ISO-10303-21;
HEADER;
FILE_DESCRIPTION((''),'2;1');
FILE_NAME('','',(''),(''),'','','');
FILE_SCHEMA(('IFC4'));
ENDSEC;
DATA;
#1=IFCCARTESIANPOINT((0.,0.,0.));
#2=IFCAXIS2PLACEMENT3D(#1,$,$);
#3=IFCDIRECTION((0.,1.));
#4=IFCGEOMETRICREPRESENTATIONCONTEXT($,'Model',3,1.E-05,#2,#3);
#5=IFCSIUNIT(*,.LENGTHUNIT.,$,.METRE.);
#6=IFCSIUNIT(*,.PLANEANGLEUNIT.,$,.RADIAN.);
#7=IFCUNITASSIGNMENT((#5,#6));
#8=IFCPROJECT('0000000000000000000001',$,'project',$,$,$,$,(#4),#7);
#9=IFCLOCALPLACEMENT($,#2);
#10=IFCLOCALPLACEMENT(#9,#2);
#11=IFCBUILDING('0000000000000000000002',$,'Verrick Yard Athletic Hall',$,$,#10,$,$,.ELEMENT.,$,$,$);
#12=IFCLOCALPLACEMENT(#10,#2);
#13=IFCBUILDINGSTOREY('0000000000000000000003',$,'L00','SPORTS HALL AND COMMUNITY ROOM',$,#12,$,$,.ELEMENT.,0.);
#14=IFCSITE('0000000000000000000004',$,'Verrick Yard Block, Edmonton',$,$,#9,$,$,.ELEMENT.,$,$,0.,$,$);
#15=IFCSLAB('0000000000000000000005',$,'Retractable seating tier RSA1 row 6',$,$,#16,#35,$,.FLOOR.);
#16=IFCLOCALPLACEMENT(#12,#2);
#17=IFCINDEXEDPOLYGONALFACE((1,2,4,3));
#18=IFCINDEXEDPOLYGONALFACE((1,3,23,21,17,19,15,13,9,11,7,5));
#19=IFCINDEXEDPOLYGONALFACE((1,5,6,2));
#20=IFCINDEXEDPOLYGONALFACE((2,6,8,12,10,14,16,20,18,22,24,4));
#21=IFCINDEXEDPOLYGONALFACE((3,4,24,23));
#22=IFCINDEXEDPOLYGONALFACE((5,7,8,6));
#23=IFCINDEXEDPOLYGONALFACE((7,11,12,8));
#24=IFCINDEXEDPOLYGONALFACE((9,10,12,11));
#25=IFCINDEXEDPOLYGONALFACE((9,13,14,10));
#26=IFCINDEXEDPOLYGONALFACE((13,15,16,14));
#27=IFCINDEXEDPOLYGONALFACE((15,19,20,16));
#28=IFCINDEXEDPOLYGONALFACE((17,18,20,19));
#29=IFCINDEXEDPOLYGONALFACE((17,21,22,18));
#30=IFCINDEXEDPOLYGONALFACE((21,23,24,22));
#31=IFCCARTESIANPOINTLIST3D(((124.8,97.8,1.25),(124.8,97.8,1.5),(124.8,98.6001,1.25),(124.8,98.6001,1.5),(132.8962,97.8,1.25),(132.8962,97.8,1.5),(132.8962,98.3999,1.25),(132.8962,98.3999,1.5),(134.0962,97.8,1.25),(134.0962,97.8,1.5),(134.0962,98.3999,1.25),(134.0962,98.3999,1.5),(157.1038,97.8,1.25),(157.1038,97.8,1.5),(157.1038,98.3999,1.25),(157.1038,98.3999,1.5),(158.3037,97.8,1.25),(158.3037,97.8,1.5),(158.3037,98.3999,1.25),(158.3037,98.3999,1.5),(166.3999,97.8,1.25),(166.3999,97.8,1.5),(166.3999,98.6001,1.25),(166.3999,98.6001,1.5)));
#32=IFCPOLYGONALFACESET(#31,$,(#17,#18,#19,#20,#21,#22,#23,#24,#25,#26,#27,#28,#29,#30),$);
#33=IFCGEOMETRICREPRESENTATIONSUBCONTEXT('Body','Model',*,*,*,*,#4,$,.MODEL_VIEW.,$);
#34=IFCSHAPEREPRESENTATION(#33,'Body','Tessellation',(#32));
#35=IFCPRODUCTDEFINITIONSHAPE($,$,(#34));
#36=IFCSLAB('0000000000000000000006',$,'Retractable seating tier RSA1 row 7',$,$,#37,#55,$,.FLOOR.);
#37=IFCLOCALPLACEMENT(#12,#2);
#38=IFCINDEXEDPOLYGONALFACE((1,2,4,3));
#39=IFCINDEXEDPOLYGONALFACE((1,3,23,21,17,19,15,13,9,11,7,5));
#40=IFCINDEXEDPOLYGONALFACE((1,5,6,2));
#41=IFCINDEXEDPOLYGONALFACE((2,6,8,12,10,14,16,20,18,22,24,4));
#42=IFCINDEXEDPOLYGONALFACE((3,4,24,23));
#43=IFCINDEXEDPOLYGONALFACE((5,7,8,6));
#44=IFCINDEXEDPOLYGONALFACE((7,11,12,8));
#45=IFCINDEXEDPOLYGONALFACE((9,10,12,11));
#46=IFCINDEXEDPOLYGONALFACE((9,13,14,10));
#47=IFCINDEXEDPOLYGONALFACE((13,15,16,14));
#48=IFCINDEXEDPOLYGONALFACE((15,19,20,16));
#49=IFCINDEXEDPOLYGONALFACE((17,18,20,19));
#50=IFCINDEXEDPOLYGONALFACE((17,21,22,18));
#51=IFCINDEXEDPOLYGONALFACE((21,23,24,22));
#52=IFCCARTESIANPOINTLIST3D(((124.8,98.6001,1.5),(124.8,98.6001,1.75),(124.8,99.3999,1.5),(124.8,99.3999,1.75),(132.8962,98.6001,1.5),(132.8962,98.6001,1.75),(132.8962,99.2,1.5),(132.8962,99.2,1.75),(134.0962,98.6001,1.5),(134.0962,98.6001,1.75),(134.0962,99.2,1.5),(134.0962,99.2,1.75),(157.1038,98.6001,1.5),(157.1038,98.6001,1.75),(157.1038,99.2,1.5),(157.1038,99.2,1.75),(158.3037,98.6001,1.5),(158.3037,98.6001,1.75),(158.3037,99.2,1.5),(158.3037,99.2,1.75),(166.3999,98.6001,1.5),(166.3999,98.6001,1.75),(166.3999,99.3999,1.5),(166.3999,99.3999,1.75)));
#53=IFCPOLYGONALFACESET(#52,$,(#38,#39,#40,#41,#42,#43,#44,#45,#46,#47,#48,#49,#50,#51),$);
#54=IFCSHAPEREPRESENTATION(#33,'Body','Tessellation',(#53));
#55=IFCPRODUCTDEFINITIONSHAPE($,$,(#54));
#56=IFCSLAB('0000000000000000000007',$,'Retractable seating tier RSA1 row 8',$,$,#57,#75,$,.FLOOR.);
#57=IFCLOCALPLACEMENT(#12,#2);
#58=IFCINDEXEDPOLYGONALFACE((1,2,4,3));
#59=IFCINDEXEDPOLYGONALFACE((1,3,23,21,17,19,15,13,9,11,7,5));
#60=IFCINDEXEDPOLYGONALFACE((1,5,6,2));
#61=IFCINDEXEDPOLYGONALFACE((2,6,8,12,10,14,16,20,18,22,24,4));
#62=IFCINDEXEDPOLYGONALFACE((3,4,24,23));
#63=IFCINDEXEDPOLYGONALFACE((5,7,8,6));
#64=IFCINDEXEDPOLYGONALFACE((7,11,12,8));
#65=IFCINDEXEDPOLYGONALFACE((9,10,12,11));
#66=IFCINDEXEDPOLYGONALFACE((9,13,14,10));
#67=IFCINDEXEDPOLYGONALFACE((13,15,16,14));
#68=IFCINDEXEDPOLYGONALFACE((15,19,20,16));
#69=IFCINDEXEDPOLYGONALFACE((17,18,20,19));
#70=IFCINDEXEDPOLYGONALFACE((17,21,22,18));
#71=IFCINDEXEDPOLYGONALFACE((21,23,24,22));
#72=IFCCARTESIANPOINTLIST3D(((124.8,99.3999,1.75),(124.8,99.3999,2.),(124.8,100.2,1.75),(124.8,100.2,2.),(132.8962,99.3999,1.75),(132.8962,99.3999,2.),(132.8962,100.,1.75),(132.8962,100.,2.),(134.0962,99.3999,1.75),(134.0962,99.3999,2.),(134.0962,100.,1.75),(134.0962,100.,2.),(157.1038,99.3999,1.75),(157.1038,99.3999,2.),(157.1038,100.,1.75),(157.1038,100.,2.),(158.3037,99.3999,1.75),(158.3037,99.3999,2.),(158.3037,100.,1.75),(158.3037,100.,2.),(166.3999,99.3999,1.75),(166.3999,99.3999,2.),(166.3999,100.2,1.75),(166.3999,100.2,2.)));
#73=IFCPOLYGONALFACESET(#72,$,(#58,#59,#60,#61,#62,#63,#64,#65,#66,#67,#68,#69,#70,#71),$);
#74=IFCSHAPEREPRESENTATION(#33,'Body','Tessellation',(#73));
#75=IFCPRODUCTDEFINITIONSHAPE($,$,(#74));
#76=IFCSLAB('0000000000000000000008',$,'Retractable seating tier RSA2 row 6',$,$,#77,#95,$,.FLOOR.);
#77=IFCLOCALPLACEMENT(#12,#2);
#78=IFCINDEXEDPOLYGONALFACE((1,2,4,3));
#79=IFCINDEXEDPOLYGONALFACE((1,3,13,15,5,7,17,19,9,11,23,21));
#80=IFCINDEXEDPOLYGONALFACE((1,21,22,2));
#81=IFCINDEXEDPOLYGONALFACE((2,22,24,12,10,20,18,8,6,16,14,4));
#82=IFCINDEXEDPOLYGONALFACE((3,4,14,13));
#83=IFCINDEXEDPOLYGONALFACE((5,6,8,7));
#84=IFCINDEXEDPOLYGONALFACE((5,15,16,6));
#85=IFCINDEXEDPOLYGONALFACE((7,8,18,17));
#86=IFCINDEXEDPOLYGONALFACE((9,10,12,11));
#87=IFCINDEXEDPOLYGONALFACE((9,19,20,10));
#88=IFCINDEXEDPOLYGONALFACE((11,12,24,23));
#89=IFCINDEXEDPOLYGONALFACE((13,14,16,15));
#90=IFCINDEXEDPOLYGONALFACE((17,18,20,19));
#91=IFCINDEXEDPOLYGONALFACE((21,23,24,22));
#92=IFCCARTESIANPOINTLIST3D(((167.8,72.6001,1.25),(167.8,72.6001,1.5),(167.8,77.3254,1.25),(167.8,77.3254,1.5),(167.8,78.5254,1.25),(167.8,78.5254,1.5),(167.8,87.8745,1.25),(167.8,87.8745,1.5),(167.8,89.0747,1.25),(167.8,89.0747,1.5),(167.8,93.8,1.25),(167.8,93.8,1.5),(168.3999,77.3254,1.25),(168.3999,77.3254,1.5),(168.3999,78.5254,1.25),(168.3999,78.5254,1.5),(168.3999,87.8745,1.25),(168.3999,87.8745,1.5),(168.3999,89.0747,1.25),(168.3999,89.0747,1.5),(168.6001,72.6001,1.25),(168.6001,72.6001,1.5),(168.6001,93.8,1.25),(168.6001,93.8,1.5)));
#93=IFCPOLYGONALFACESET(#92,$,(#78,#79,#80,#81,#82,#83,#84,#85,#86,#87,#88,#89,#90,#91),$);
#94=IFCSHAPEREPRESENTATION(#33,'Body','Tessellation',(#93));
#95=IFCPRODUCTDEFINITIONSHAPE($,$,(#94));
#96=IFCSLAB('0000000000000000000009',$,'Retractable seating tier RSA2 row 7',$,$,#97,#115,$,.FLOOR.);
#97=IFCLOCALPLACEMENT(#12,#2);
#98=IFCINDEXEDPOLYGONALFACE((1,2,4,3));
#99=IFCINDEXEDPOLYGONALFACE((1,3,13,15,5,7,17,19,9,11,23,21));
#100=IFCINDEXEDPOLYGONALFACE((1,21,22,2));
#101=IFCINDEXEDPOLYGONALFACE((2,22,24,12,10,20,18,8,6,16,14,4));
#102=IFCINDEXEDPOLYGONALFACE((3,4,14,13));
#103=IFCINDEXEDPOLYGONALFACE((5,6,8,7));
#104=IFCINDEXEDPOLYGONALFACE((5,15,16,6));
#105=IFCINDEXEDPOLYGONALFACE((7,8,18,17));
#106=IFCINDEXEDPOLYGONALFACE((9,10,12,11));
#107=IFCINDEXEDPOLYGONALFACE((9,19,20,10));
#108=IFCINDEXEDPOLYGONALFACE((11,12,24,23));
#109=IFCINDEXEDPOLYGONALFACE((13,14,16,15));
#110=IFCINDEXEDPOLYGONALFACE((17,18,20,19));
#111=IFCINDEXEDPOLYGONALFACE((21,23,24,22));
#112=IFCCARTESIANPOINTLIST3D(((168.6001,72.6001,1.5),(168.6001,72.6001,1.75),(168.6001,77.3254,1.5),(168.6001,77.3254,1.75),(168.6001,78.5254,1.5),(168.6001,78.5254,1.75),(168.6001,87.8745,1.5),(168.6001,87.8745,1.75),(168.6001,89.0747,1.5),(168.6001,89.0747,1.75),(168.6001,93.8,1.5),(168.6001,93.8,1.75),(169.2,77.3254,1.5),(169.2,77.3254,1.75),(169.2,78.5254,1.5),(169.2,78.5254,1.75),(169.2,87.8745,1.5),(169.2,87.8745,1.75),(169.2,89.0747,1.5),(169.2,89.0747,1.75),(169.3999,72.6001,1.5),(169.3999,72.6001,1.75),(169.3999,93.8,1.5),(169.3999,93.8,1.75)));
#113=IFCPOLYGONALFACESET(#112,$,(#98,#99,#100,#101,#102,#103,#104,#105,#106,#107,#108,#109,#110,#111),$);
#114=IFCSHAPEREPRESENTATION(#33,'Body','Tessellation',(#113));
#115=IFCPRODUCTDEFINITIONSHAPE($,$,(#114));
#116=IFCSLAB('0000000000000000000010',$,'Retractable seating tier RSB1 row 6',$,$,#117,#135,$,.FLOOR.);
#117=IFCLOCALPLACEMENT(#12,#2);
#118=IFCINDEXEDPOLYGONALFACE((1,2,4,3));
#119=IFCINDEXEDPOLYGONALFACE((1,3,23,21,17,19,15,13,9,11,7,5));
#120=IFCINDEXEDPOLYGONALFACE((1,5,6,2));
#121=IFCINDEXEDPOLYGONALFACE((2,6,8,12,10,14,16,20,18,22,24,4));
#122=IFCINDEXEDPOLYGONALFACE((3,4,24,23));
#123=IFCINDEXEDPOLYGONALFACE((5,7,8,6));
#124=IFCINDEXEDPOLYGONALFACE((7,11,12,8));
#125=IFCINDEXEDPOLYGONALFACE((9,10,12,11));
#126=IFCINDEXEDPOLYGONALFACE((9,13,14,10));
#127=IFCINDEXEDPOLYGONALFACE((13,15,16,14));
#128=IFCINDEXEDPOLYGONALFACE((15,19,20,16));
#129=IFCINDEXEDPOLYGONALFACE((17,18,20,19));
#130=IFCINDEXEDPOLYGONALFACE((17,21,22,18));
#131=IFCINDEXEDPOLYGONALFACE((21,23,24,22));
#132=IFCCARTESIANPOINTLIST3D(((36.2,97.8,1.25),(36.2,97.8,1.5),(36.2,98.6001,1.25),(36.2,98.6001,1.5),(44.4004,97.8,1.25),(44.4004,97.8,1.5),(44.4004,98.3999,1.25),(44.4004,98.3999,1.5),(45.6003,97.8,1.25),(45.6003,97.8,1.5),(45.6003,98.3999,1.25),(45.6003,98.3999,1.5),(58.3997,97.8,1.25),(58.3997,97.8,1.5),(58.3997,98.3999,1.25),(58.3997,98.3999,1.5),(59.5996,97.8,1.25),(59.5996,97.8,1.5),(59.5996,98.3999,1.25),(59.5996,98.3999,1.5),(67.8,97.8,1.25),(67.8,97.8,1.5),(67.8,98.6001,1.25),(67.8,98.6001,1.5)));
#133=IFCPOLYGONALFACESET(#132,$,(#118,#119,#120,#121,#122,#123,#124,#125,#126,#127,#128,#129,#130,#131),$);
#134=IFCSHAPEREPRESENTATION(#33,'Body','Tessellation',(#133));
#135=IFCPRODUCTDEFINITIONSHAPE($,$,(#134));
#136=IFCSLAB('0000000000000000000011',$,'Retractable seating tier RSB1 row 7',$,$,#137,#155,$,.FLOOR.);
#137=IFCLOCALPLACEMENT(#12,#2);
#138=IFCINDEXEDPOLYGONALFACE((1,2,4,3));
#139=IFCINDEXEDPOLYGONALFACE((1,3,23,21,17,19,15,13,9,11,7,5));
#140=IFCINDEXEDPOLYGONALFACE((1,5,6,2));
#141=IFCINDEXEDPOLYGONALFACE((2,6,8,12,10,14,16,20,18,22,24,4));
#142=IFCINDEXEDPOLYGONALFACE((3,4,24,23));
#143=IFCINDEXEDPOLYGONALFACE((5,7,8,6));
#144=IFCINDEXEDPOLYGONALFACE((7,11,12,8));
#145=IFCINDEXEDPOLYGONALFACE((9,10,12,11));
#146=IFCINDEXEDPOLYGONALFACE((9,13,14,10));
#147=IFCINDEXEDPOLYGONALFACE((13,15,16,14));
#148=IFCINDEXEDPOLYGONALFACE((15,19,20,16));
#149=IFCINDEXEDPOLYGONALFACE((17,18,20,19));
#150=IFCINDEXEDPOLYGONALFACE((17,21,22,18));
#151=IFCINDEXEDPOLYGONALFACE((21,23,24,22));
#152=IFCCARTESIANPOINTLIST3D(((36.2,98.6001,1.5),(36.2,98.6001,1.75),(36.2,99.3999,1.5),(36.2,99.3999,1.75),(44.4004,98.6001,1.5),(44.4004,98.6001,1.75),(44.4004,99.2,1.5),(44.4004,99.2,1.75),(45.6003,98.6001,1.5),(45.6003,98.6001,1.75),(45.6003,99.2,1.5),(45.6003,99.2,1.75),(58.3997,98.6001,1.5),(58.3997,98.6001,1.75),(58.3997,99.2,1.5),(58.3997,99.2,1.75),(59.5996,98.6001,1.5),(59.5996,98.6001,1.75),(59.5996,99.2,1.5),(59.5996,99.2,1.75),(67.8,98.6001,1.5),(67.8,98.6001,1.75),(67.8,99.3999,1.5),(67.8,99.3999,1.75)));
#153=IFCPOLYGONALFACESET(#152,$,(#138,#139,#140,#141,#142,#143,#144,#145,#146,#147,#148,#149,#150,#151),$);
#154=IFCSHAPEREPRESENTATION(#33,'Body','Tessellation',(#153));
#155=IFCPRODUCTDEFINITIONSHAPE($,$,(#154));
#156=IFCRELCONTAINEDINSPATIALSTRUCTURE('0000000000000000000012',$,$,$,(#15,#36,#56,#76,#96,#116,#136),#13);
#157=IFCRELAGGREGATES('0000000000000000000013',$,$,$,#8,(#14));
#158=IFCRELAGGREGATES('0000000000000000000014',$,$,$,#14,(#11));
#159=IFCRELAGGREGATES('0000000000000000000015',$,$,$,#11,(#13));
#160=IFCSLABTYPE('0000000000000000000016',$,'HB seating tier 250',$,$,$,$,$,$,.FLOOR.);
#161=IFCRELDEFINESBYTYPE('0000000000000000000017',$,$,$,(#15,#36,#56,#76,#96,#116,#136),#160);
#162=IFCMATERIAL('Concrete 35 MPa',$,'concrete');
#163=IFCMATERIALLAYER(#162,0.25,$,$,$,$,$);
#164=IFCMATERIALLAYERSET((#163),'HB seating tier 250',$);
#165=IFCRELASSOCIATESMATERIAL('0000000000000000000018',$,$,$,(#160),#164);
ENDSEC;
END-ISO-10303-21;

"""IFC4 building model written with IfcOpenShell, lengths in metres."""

from ifc_helpers import new_model, si_unit, direction, frame, origin, place, context, subcontext, project, spatial, polyline, outline, extrude, material, layer, layer_set, type_object, element, save


model = new_model("IFC4")

# Units and contexts
model_context = context("Model", 3, precision=1e-05, world=origin(), true_north=direction((0.0, 1.0)))
body_context = subcontext(model_context, "Body", "Model", "MODEL_VIEW")
ifc_project = project(units=[si_unit("LENGTHUNIT", "METRE"), si_unit("PLANEANGLEUNIT", "RADIAN")], contexts=[model_context])

# Site, building, storey
site_placement = place(None, origin())
site = spatial("IfcSite", under=ifc_project, at=site_placement, Name="Verrick Yard Block, Edmonton", CompositionType="ELEMENT", RefElevation=0.0)
building_placement = place(site_placement, origin())
building = spatial("IfcBuilding", under=site, at=building_placement, Name="Verrick Yard Athletic Hall", CompositionType="ELEMENT")
storey_placement = place(building_placement, origin())
storey = spatial("IfcBuildingStorey", under=building, at=storey_placement, Name="L00", Description="SPORTS HALL AND COMMUNITY ROOM", CompositionType="ELEMENT", Elevation=0.0)

# Slabs
ifc_material = material(Name="Concrete 35 MPa", Category="concrete")
ifc_layer_1 = layer(ifc_material, 0.25)
ifc_layer_set_1 = layer_set([ifc_layer_1], Name="HB seating tier 250")
slab_type_1 = type_object("IfcSlabType", Name="HB seating tier 250", PredefinedType="FLOOR", material=ifc_layer_set_1)
slab_1_placement = place(storey_placement, frame((0.0, 0.0, 1.25)))
element("IfcSlab", 1, at=slab_1_placement, inside=storey, type_object=slab_type_1, Name="Retractable seating tier RSA1 row 6", PredefinedType="FLOOR", context=body_context, shape_type="SweptSolid", body=[
    extrude(outline(polyline([(124.8, 97.8), (132.8962, 97.8), (132.8962, 98.3999), (134.0962, 98.3999), (134.0962, 97.8), (157.1038, 97.8), (157.1038, 98.3999), (158.3037, 98.3999), (158.3037, 97.8), (166.3999, 97.8), (166.3999, 98.6001), (124.8, 98.6001), (124.8, 97.8)])), origin(), (0.0, 0.0, 1.0), 0.25),
])
slab_2_placement = place(storey_placement, frame((0.0, 0.0, 1.5)))
element("IfcSlab", 2, at=slab_2_placement, inside=storey, type_object=slab_type_1, Name="Retractable seating tier RSA1 row 7", PredefinedType="FLOOR", context=body_context, shape_type="SweptSolid", body=[
    extrude(outline(polyline([(124.8, 98.6001), (132.8962, 98.6001), (132.8962, 99.2), (134.0962, 99.2), (134.0962, 98.6001), (157.1038, 98.6001), (157.1038, 99.2), (158.3037, 99.2), (158.3037, 98.6001), (166.3999, 98.6001), (166.3999, 99.3999), (124.8, 99.3999), (124.8, 98.6001)])), origin(), (0.0, 0.0, 1.0), 0.25),
])
slab_3_placement = place(storey_placement, frame((0.0, 0.0, 1.75)))
element("IfcSlab", 3, at=slab_3_placement, inside=storey, type_object=slab_type_1, Name="Retractable seating tier RSA1 row 8", PredefinedType="FLOOR", context=body_context, shape_type="SweptSolid", body=[
    extrude(outline(polyline([(124.8, 99.3999), (132.8962, 99.3999), (132.8962, 100.0), (134.0962, 100.0), (134.0962, 99.3999), (157.1038, 99.3999), (157.1038, 100.0), (158.3037, 100.0), (158.3037, 99.3999), (166.3999, 99.3999), (166.3999, 100.2), (124.8, 100.2), (124.8, 99.3999)])), origin(), (0.0, 0.0, 1.0), 0.25),
])
slab_4_placement = place(storey_placement, frame((0.0, 0.0, 1.25)))
element("IfcSlab", 4, at=slab_4_placement, inside=storey, type_object=slab_type_1, Name="Retractable seating tier RSA2 row 6", PredefinedType="FLOOR", context=body_context, shape_type="SweptSolid", body=[
    extrude(outline(polyline([(168.6001, 72.6001), (168.6001, 93.8), (167.8, 93.8), (167.8, 89.0747), (168.3999, 89.0747), (168.3999, 87.8745), (167.8, 87.8745), (167.8, 78.5254), (168.3999, 78.5254), (168.3999, 77.3254), (167.8, 77.3254), (167.8, 72.6001), (168.6001, 72.6001)])), origin(), (0.0, 0.0, 1.0), 0.25),
])
slab_5_placement = place(storey_placement, frame((0.0, 0.0, 1.5)))
element("IfcSlab", 5, at=slab_5_placement, inside=storey, type_object=slab_type_1, Name="Retractable seating tier RSA2 row 7", PredefinedType="FLOOR", context=body_context, shape_type="SweptSolid", body=[
    extrude(outline(polyline([(169.3999, 72.6001), (169.3999, 93.8), (168.6001, 93.8), (168.6001, 89.0747), (169.2, 89.0747), (169.2, 87.8745), (168.6001, 87.8745), (168.6001, 78.5254), (169.2, 78.5254), (169.2, 77.3254), (168.6001, 77.3254), (168.6001, 72.6001), (169.3999, 72.6001)])), origin(), (0.0, 0.0, 1.0), 0.25),
])
slab_6_placement = place(storey_placement, frame((0.0, 0.0, 1.25)))
element("IfcSlab", 6, at=slab_6_placement, inside=storey, type_object=slab_type_1, Name="Retractable seating tier RSB1 row 6", PredefinedType="FLOOR", context=body_context, shape_type="SweptSolid", body=[
    extrude(outline(polyline([(36.2, 97.8), (44.4004, 97.8), (44.4004, 98.3999), (45.6003, 98.3999), (45.6003, 97.8), (58.3997, 97.8), (58.3997, 98.3999), (59.5996, 98.3999), (59.5996, 97.8), (67.8, 97.8), (67.8, 98.6001), (36.2, 98.6001), (36.2, 97.8)])), origin(), (0.0, 0.0, 1.0), 0.25),
])
slab_7_placement = place(storey_placement, frame((0.0, 0.0, 1.5)))
element("IfcSlab", 7, at=slab_7_placement, inside=storey, type_object=slab_type_1, Name="Retractable seating tier RSB1 row 7", PredefinedType="FLOOR", context=body_context, shape_type="SweptSolid", body=[
    extrude(outline(polyline([(36.2, 98.6001), (44.4004, 98.6001), (44.4004, 99.2), (45.6003, 99.2), (45.6003, 98.6001), (58.3997, 98.6001), (58.3997, 99.2), (59.5996, 99.2), (59.5996, 98.6001), (67.8, 98.6001), (67.8, 99.3999), (36.2, 99.3999), (36.2, 98.6001)])), origin(), (0.0, 0.0, 1.0), 0.25),
])

save(model, "model.ifc")
